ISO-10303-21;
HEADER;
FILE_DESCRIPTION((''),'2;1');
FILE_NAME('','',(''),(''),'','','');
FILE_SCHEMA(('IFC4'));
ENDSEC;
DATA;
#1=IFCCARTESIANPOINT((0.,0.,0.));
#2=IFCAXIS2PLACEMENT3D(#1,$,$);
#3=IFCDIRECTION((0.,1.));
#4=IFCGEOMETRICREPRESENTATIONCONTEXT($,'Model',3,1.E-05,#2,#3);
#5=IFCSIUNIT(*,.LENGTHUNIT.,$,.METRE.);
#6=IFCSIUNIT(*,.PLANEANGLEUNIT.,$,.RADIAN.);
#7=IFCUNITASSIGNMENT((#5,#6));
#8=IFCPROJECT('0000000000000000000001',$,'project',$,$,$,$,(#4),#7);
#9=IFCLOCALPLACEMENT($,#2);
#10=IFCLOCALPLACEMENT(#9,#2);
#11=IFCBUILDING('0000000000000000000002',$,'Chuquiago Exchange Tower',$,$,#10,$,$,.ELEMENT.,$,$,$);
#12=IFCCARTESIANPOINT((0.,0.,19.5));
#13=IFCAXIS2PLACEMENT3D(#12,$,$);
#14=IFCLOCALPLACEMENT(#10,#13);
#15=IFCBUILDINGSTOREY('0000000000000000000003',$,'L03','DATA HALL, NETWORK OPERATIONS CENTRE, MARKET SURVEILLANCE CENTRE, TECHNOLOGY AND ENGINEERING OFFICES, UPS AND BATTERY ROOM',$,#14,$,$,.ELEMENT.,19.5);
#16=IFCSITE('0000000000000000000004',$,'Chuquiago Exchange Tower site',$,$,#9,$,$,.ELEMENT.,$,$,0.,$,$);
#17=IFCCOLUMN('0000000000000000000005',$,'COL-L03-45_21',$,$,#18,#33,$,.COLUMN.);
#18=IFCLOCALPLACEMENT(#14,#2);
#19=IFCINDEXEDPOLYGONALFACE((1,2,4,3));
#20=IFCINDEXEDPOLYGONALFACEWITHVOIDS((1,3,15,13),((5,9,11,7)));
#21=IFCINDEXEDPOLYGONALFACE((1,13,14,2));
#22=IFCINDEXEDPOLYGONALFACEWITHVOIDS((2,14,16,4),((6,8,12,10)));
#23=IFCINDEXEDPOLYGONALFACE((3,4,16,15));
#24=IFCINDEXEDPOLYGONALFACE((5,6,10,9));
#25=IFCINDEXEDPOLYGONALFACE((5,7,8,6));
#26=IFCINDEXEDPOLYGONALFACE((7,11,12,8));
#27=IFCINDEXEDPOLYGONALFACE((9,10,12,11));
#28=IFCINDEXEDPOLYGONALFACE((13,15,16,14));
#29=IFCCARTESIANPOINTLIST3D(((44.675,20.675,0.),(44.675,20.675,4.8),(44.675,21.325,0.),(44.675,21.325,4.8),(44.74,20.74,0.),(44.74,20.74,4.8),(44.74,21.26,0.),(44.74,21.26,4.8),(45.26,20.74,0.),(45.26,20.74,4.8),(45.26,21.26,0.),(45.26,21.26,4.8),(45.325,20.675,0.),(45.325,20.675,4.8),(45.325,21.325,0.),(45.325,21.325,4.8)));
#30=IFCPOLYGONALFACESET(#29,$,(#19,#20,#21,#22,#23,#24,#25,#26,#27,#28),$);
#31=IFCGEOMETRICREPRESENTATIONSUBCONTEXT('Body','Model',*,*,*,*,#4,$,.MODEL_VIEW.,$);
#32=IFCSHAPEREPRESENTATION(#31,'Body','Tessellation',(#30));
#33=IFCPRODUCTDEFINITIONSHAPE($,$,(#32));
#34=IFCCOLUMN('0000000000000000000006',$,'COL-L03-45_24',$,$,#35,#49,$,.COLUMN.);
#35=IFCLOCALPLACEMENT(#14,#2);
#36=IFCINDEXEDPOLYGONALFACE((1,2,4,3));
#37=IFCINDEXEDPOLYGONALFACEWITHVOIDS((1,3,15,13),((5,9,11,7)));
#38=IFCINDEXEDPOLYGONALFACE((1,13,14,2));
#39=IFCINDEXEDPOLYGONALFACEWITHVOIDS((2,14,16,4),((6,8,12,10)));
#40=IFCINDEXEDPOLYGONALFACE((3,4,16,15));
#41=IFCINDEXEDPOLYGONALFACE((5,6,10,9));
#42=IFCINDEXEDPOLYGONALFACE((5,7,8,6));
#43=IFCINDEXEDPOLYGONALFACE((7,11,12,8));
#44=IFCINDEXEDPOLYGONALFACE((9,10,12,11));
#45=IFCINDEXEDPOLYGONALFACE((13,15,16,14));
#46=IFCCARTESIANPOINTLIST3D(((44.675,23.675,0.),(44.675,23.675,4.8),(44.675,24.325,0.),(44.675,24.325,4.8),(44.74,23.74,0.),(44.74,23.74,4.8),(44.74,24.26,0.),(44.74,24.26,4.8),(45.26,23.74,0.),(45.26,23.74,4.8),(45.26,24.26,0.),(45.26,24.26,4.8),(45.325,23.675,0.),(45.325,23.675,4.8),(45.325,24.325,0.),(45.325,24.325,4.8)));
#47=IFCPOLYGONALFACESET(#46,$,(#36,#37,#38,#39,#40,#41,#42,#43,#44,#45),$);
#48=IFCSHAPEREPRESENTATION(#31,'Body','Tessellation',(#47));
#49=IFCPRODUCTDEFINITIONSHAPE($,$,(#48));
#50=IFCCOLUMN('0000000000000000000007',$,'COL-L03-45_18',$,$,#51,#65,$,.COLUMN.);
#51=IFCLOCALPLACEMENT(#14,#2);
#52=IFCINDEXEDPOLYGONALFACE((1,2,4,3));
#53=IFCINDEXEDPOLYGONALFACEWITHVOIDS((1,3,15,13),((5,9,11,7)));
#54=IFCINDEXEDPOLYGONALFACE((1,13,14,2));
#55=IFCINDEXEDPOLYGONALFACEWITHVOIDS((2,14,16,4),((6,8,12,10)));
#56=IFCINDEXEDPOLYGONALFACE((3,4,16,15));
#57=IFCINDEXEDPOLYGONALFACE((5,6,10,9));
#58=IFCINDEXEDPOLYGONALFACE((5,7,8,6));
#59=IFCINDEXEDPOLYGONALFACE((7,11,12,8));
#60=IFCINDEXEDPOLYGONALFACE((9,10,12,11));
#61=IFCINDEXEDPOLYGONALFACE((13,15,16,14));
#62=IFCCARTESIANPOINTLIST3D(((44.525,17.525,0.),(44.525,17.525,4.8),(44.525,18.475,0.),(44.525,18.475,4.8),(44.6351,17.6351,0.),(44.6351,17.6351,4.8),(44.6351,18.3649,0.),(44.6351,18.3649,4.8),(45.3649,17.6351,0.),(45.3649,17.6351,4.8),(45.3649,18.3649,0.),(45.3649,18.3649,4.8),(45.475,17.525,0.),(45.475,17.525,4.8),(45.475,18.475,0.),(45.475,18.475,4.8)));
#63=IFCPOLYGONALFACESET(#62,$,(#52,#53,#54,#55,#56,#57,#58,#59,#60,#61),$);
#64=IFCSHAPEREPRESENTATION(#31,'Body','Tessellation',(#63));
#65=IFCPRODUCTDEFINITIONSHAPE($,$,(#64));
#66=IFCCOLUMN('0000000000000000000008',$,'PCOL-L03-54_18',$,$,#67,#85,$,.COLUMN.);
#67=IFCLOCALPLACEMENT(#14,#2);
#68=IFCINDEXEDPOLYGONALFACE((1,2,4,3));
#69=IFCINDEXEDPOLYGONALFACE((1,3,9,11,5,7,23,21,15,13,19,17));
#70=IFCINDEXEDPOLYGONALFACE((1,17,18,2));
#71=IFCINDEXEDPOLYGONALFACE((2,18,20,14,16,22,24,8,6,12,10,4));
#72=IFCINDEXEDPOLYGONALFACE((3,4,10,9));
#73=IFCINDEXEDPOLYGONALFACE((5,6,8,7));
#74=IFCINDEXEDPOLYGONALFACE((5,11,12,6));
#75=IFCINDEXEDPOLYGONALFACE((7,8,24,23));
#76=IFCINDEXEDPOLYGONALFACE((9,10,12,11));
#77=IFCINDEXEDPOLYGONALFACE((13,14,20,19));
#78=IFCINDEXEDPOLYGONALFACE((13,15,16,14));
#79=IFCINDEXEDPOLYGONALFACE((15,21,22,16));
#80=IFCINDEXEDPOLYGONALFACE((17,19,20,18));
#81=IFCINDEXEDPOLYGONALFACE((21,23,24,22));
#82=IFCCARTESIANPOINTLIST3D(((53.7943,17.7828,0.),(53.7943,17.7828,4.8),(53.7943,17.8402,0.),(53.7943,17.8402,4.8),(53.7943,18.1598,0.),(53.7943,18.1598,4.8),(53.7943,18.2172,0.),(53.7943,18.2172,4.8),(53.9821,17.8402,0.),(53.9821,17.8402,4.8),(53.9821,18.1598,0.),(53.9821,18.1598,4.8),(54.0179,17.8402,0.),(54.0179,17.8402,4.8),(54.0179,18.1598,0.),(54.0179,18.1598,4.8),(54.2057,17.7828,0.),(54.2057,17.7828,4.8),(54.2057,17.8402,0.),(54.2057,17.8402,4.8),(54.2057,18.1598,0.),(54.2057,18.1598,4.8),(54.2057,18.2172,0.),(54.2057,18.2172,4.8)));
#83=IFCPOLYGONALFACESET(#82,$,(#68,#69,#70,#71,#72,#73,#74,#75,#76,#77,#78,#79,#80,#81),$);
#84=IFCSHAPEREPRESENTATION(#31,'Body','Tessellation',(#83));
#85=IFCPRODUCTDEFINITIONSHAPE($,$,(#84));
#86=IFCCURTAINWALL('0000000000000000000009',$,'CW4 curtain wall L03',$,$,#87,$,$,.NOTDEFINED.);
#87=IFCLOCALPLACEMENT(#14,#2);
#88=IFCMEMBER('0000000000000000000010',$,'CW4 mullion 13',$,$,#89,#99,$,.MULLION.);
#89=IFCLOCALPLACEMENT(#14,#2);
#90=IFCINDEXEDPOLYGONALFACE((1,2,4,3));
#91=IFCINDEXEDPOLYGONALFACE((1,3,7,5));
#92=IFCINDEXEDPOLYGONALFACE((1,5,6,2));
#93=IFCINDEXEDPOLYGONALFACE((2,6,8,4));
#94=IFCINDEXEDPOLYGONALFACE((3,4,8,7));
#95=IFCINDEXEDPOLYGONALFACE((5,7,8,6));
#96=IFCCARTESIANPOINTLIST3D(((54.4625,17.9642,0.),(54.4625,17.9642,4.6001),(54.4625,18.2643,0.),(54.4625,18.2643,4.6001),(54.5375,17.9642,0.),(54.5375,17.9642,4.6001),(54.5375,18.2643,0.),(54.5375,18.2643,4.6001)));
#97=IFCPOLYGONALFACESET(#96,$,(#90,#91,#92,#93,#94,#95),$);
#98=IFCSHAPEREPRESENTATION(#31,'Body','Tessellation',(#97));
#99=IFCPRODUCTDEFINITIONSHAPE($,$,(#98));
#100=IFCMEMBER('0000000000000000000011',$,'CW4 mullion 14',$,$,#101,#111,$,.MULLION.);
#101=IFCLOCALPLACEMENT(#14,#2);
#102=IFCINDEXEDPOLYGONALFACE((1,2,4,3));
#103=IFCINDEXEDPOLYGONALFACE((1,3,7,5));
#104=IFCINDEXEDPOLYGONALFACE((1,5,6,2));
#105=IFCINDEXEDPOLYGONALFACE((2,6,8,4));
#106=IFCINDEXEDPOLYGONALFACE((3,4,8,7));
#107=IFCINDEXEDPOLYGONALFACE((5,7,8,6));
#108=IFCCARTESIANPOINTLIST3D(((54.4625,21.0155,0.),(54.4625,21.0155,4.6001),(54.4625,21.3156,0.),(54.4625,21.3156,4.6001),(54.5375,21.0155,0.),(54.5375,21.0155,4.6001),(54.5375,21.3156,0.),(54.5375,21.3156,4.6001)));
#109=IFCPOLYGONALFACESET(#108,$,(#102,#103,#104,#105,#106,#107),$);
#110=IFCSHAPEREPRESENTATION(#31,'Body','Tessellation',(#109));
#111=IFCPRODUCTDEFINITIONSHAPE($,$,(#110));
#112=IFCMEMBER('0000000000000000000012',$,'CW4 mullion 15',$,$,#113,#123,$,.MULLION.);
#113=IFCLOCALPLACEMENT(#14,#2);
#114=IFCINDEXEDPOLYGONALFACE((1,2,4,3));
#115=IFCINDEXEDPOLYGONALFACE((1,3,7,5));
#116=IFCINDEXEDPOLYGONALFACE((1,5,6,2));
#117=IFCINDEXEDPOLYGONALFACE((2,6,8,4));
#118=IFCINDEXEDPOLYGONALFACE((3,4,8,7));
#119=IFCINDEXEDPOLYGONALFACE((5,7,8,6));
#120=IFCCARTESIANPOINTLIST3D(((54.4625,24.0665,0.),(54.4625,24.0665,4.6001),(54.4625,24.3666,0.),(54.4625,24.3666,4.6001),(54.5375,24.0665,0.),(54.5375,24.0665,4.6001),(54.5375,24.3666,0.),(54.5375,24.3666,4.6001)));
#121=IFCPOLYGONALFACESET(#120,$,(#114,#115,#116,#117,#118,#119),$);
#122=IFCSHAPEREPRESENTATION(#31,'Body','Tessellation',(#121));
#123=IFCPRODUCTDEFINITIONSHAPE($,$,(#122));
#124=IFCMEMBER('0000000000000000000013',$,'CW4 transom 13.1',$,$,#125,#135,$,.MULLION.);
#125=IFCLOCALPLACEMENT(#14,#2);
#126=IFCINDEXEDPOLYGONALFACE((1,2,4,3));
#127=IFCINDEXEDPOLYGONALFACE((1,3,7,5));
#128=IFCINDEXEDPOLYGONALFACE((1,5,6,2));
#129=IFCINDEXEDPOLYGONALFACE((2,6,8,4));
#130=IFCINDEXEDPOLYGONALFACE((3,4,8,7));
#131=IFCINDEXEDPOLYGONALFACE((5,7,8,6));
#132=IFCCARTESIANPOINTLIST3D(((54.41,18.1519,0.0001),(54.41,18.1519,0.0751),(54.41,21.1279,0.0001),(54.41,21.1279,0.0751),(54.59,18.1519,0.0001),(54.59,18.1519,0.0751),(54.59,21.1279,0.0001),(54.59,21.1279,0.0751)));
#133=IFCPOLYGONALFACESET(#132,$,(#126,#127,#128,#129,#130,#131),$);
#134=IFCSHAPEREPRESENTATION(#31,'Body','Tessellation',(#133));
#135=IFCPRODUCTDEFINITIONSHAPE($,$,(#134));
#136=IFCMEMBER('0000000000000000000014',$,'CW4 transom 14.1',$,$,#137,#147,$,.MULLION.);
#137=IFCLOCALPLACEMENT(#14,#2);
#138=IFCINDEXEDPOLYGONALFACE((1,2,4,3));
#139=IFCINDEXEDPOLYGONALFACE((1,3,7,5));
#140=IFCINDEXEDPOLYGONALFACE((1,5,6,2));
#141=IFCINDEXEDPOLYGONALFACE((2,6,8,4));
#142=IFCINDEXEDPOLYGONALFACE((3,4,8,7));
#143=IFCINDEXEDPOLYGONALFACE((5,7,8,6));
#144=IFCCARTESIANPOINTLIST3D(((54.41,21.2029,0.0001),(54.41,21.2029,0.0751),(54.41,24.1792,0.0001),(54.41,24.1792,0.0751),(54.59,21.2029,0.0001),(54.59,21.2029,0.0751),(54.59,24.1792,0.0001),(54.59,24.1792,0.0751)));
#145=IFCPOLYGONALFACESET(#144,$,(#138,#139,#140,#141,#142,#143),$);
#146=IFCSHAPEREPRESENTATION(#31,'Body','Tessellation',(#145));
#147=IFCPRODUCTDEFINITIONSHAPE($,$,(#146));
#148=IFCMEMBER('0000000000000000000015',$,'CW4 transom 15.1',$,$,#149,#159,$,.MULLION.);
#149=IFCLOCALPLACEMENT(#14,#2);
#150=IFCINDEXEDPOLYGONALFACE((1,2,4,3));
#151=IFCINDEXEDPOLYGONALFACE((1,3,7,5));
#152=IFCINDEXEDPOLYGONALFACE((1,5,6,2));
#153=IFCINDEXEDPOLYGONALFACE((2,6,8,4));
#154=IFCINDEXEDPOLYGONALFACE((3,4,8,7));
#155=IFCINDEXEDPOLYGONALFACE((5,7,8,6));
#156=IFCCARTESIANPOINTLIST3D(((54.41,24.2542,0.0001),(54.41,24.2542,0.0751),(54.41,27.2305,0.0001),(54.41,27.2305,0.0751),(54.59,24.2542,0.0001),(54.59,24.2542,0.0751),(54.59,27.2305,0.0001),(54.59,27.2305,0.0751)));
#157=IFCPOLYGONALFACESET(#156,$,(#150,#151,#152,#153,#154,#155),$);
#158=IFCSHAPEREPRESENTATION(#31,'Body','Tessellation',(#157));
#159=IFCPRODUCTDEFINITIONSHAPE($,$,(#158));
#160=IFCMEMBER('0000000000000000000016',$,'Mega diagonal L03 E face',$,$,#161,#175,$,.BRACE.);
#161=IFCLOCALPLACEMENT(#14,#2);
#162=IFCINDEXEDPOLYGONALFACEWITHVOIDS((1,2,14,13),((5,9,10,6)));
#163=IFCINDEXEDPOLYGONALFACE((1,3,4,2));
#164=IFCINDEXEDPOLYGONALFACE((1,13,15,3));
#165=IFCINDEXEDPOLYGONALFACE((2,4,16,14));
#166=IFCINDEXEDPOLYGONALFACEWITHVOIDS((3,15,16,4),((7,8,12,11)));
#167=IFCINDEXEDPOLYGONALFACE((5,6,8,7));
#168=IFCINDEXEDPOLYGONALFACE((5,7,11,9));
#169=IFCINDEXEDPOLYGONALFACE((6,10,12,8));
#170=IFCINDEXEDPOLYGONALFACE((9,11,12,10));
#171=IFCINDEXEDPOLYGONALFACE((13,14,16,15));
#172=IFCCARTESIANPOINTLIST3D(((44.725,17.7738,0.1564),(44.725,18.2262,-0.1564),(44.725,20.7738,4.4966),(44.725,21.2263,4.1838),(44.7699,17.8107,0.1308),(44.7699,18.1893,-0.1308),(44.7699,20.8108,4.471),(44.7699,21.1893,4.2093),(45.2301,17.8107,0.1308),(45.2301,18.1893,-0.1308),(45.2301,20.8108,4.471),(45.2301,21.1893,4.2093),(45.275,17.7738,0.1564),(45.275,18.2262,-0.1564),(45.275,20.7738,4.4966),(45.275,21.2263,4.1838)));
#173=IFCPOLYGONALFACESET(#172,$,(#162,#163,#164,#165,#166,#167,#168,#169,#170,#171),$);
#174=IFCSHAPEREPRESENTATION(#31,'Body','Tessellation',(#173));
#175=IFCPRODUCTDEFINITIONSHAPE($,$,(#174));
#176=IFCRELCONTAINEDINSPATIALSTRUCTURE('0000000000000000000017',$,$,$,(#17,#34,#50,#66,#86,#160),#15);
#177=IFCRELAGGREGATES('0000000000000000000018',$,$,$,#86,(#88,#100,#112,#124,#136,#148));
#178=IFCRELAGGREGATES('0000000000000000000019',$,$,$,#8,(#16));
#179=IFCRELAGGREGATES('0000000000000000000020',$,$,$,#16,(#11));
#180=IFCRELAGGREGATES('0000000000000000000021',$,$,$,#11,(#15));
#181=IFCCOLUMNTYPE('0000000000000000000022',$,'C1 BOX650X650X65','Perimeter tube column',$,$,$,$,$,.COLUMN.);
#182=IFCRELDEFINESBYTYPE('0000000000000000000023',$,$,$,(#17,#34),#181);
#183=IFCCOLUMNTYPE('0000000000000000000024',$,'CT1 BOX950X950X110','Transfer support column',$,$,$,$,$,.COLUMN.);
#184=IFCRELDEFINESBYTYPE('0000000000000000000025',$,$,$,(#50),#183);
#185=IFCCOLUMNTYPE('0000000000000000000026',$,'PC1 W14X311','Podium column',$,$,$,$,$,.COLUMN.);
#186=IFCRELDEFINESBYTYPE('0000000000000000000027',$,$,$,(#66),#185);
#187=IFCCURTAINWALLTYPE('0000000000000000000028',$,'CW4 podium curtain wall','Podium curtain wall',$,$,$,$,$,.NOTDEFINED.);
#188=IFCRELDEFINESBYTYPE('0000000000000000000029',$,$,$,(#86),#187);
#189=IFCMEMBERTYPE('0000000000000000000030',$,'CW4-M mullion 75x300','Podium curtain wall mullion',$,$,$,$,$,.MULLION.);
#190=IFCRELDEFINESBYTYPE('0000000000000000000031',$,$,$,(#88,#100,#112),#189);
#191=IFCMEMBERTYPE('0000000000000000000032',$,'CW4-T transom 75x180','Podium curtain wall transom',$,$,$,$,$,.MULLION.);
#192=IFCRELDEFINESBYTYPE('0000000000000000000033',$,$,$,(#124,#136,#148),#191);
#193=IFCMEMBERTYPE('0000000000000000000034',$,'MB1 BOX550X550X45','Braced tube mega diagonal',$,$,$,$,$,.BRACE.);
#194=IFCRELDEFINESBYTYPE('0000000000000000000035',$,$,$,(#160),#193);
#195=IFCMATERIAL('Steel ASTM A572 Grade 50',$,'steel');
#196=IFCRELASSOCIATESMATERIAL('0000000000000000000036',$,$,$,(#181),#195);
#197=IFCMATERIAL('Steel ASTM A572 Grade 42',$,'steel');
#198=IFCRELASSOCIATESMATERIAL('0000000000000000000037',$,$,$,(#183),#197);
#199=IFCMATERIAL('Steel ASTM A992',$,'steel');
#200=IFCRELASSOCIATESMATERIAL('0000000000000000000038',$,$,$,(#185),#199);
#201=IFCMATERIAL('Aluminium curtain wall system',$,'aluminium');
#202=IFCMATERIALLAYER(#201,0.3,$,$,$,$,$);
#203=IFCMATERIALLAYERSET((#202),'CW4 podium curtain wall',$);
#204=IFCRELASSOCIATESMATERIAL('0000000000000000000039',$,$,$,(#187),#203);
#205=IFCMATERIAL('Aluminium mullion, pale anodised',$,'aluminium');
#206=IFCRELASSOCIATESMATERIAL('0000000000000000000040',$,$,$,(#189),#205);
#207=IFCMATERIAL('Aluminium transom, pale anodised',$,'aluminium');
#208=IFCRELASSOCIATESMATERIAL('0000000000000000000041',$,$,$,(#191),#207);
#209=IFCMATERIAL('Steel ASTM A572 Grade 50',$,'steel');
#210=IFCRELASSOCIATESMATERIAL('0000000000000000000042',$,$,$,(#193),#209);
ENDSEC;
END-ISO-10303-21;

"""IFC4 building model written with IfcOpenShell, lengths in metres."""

from ifc_helpers import new_model, si_unit, direction, frame, origin, origin_2d, place, context, subcontext, project, spatial, rectangle, hollow_rectangle, i_section, extrude, material, layer, layer_set, material_profile, profile_set, type_object, element, aggregate, save


model = new_model("IFC4")

# Units and contexts
model_context = context("Model", 3, precision=1e-05, world=origin(), true_north=direction((0.0, 1.0)))
body_context = subcontext(model_context, "Body", "Model", "MODEL_VIEW")
ifc_project = project(units=[si_unit("LENGTHUNIT", "METRE"), si_unit("PLANEANGLEUNIT", "RADIAN")], contexts=[model_context])

# Site, building, storey
site_placement = place(None, origin())
site = spatial("IfcSite", under=ifc_project, at=site_placement, Name="Chuquiago Exchange Tower site", CompositionType="ELEMENT", RefElevation=0.0)
building_placement = place(site_placement, origin())
building = spatial("IfcBuilding", under=site, at=building_placement, Name="Chuquiago Exchange Tower", CompositionType="ELEMENT")
storey_placement = place(building_placement, frame((0.0, 0.0, 19.5)))
storey = spatial("IfcBuildingStorey", under=building, at=storey_placement, Name="L03", Description="DATA HALL, NETWORK OPERATIONS CENTRE, MARKET SURVEILLANCE CENTRE, TECHNOLOGY AND ENGINEERING OFFICES, UPS AND BATTERY ROOM", CompositionType="ELEMENT", Elevation=19.5)

# Columns
ifc_material_1 = material(Name="Steel ASTM A572 Grade 50", Category="steel")
ifc_material_profile_1 = material_profile(ifc_material_1, hollow_rectangle(XDim=0.6499, YDim=0.6499, WallThickness=0.0649, at=origin_2d()), Name="BOX650X650X65")
ifc_profile_set_1 = profile_set([ifc_material_profile_1], Name="Steel ASTM A572 Grade 50")
column_type_1 = type_object("IfcColumnType", Name="C1 BOX650X650X65", Description="Perimeter tube column", PredefinedType="COLUMN", material=ifc_profile_set_1)
for number, where, z_axis, x_axis, name in (
    (1, (45.0, 21.0, 0.0), (0.0, 0.0, 1.0), (1.0, 0.0, 0.0), "COL-L03-45_21"),
    (2, (45.0, 24.0, 0.0), (0.0, 0.0, 1.0), (1.0, 0.0, 0.0), "COL-L03-45_24"),
):
    element("IfcColumn", number, at=place(storey_placement, frame(where, z_axis=z_axis, x_axis=x_axis)), inside=storey, type_object=column_type_1, Name=name, PredefinedType="COLUMN", context=body_context, shape_type="SweptSolid", body=[
        extrude(hollow_rectangle(XDim=0.6499, YDim=0.6499, WallThickness=0.0649, at=origin_2d()), origin(), (0.0, 0.0, 1.0), 4.8),
    ])
ifc_material_2 = material(Name="Steel ASTM A572 Grade 42", Category="steel")
ifc_material_profile_2 = material_profile(ifc_material_2, hollow_rectangle(XDim=0.95, YDim=0.95, WallThickness=0.1101, at=origin_2d()), Name="BOX950X950X110")
ifc_profile_set_2 = profile_set([ifc_material_profile_2], Name="Steel ASTM A572 Grade 42")
column_type_2 = type_object("IfcColumnType", Name="CT1 BOX950X950X110", Description="Transfer support column", PredefinedType="COLUMN", material=ifc_profile_set_2)
column_1_placement = place(storey_placement, frame((45.0, 18.0, 0.0), z_axis=(0.0, 0.0, 1.0), x_axis=(1.0, 0.0, 0.0)))
element("IfcColumn", 3, at=column_1_placement, inside=storey, type_object=column_type_2, Name="COL-L03-45_18", PredefinedType="COLUMN", context=body_context, shape_type="SweptSolid", body=[
    extrude(hollow_rectangle(XDim=0.95, YDim=0.95, WallThickness=0.1101, at=origin_2d()), origin(), (0.0, 0.0, 1.0), 4.8),
])
ifc_material_3 = material(Name="Steel ASTM A992", Category="steel")
ifc_material_profile_3 = material_profile(ifc_material_3, i_section(OverallWidth=0.4114, OverallDepth=0.4343, WebThickness=0.0359, FlangeThickness=0.0574, at=origin_2d()), Name="W14X311")
ifc_profile_set_3 = profile_set([ifc_material_profile_3], Name="Steel ASTM A992")
column_type_3 = type_object("IfcColumnType", Name="PC1 W14X311", Description="Podium column", PredefinedType="COLUMN", material=ifc_profile_set_3)
column_2_placement = place(storey_placement, frame((54.0, 18.0, 0.0), z_axis=(0.0, 0.0, 1.0), x_axis=(1.0, 0.0, 0.0)))
element("IfcColumn", 4, at=column_2_placement, inside=storey, type_object=column_type_3, Name="PCOL-L03-54_18", PredefinedType="COLUMN", context=body_context, shape_type="SweptSolid", body=[
    extrude(i_section(OverallWidth=0.4114, OverallDepth=0.4343, WebThickness=0.0359, FlangeThickness=0.0574, at=origin_2d()), origin(), (0.0, 0.0, 1.0), 4.8),
])

# Curtain wall, members
ifc_material_4 = material(Name="Aluminium curtain wall system", Category="aluminium")
ifc_layer_1 = layer(ifc_material_4, 0.3)
ifc_layer_set_1 = layer_set([ifc_layer_1], Name="CW4 podium curtain wall")
curtain_wall_type = type_object("IfcCurtainWallType", Name="CW4 podium curtain wall", Description="Podium curtain wall", PredefinedType="NOTDEFINED", material=ifc_layer_set_1)
curtain_wall_placement = place(storey_placement, origin())
curtain_wall = element("IfcCurtainWall", 5, at=curtain_wall_placement, inside=storey, type_object=curtain_wall_type, Name="CW4 curtain wall L03", PredefinedType="NOTDEFINED")
ifc_material_5 = material(Name="Aluminium mullion, pale anodised", Category="aluminium")
ifc_material_profile_4 = material_profile(ifc_material_5, rectangle(XDim=0.075, YDim=0.3, at=origin_2d()), Name="AL 75x300")
ifc_profile_set_4 = profile_set([ifc_material_profile_4], Name="Aluminium mullion, pale anodised")
member_type_1 = type_object("IfcMemberType", Name="CW4-M mullion 75x300", Description="Podium curtain wall mullion", PredefinedType="MULLION", material=ifc_profile_set_4)
member_1_placement = place(storey_placement, frame((54.5, 18.1143, 0.0), z_axis=(0.0, 0.0, 1.0), x_axis=(-1.0, 0.0, 0.0)))
member_1 = element("IfcMember", 6, at=member_1_placement, type_object=member_type_1, Name="CW4 mullion 13", PredefinedType="MULLION", context=body_context, shape_type="SweptSolid", body=[
    extrude(rectangle(XDim=0.075, YDim=0.3, at=origin_2d()), origin(), (0.0, 0.0, 1.0), 4.6001),
])
member_2_placement = place(storey_placement, frame((54.5, 21.1655, 0.0), z_axis=(0.0, 0.0, 1.0), x_axis=(-1.0, 0.0, 0.0)))
member_2 = element("IfcMember", 7, at=member_2_placement, type_object=member_type_1, Name="CW4 mullion 14", PredefinedType="MULLION", context=body_context, shape_type="SweptSolid", body=[
    extrude(rectangle(XDim=0.075, YDim=0.3, at=origin_2d()), origin(), (0.0, 0.0, 1.0), 4.6001),
])
member_3_placement = place(storey_placement, frame((54.5, 24.2166, 0.0), z_axis=(0.0, 0.0, 1.0), x_axis=(-1.0, 0.0, 0.0)))
member_3 = element("IfcMember", 8, at=member_3_placement, type_object=member_type_1, Name="CW4 mullion 15", PredefinedType="MULLION", context=body_context, shape_type="SweptSolid", body=[
    extrude(rectangle(XDim=0.075, YDim=0.3, at=origin_2d()), origin(), (0.0, 0.0, 1.0), 4.6001),
])
ifc_material_6 = material(Name="Aluminium transom, pale anodised", Category="aluminium")
ifc_material_profile_5 = material_profile(ifc_material_6, rectangle(XDim=0.1799, YDim=0.075, at=origin_2d()), Name="AL 180x75")
ifc_profile_set_5 = profile_set([ifc_material_profile_5], Name="Aluminium transom, pale anodised")
member_type_2 = type_object("IfcMemberType", Name="CW4-T transom 75x180", Description="Podium curtain wall transom", PredefinedType="MULLION", material=ifc_profile_set_5)
member_4_placement = place(storey_placement, frame((54.5, 18.1519, 0.0376), z_axis=(0.0, 1.0, 0.0), x_axis=(-1.0, 0.0, 0.0)))
member_4 = element("IfcMember", 9, at=member_4_placement, type_object=member_type_2, Name="CW4 transom 13.1", PredefinedType="MULLION", context=body_context, shape_type="SweptSolid", body=[
    extrude(rectangle(XDim=0.1799, YDim=0.075, at=origin_2d()), origin(), (0.0, 0.0, 1.0), 2.9761),
])
member_5_placement = place(storey_placement, frame((54.5, 21.2029, 0.0376), z_axis=(0.0, 1.0, 0.0), x_axis=(-1.0, 0.0, 0.0)))
member_5 = element("IfcMember", 10, at=member_5_placement, type_object=member_type_2, Name="CW4 transom 14.1", PredefinedType="MULLION", context=body_context, shape_type="SweptSolid", body=[
    extrude(rectangle(XDim=0.1799, YDim=0.075, at=origin_2d()), origin(), (0.0, 0.0, 1.0), 2.9763),
])
member_6_placement = place(storey_placement, frame((54.5, 24.2542, 0.0376), z_axis=(0.0, 1.0, 0.0), x_axis=(-1.0, 0.0, 0.0)))
member_6 = element("IfcMember", 11, at=member_6_placement, type_object=member_type_2, Name="CW4 transom 15.1", PredefinedType="MULLION", context=body_context, shape_type="SweptSolid", body=[
    extrude(rectangle(XDim=0.1799, YDim=0.075, at=origin_2d()), origin(), (0.0, 0.0, 1.0), 2.9763),
])

# Member
ifc_material_7 = material(Name="Steel ASTM A572 Grade 50", Category="steel")
ifc_material_profile_6 = material_profile(ifc_material_7, hollow_rectangle(XDim=0.55, YDim=0.55, WallThickness=0.0449, at=origin_2d()), Name="BOX550X550X45")
ifc_profile_set_6 = profile_set([ifc_material_profile_6], Name="Steel ASTM A572 Grade 50")
member_type_3 = type_object("IfcMemberType", Name="MB1 BOX550X550X45", Description="Braced tube mega diagonal", PredefinedType="BRACE", material=ifc_profile_set_6)
for number, where, z_axis, x_axis, name in (
    (12, (45.0, 18.0, 0.0), (0.0, 0.568611, 0.822607), (-1.0, 0.0, 0.0), "Mega diagonal L03 E face"),
):
    element("IfcMember", number, at=place(storey_placement, frame(where, z_axis=z_axis, x_axis=x_axis)), inside=storey, type_object=member_type_3, Name=name, PredefinedType="BRACE", context=body_context, shape_type="SweptSolid", body=[
        extrude(hollow_rectangle(XDim=0.55, YDim=0.55, WallThickness=0.0449, at=origin_2d()), origin(), (0.0, 0.0, 1.0), 5.2761),
    ])

aggregate(curtain_wall, [member_1, member_2, member_3, member_4, member_5, member_6])

save(model, "model.ifc")
